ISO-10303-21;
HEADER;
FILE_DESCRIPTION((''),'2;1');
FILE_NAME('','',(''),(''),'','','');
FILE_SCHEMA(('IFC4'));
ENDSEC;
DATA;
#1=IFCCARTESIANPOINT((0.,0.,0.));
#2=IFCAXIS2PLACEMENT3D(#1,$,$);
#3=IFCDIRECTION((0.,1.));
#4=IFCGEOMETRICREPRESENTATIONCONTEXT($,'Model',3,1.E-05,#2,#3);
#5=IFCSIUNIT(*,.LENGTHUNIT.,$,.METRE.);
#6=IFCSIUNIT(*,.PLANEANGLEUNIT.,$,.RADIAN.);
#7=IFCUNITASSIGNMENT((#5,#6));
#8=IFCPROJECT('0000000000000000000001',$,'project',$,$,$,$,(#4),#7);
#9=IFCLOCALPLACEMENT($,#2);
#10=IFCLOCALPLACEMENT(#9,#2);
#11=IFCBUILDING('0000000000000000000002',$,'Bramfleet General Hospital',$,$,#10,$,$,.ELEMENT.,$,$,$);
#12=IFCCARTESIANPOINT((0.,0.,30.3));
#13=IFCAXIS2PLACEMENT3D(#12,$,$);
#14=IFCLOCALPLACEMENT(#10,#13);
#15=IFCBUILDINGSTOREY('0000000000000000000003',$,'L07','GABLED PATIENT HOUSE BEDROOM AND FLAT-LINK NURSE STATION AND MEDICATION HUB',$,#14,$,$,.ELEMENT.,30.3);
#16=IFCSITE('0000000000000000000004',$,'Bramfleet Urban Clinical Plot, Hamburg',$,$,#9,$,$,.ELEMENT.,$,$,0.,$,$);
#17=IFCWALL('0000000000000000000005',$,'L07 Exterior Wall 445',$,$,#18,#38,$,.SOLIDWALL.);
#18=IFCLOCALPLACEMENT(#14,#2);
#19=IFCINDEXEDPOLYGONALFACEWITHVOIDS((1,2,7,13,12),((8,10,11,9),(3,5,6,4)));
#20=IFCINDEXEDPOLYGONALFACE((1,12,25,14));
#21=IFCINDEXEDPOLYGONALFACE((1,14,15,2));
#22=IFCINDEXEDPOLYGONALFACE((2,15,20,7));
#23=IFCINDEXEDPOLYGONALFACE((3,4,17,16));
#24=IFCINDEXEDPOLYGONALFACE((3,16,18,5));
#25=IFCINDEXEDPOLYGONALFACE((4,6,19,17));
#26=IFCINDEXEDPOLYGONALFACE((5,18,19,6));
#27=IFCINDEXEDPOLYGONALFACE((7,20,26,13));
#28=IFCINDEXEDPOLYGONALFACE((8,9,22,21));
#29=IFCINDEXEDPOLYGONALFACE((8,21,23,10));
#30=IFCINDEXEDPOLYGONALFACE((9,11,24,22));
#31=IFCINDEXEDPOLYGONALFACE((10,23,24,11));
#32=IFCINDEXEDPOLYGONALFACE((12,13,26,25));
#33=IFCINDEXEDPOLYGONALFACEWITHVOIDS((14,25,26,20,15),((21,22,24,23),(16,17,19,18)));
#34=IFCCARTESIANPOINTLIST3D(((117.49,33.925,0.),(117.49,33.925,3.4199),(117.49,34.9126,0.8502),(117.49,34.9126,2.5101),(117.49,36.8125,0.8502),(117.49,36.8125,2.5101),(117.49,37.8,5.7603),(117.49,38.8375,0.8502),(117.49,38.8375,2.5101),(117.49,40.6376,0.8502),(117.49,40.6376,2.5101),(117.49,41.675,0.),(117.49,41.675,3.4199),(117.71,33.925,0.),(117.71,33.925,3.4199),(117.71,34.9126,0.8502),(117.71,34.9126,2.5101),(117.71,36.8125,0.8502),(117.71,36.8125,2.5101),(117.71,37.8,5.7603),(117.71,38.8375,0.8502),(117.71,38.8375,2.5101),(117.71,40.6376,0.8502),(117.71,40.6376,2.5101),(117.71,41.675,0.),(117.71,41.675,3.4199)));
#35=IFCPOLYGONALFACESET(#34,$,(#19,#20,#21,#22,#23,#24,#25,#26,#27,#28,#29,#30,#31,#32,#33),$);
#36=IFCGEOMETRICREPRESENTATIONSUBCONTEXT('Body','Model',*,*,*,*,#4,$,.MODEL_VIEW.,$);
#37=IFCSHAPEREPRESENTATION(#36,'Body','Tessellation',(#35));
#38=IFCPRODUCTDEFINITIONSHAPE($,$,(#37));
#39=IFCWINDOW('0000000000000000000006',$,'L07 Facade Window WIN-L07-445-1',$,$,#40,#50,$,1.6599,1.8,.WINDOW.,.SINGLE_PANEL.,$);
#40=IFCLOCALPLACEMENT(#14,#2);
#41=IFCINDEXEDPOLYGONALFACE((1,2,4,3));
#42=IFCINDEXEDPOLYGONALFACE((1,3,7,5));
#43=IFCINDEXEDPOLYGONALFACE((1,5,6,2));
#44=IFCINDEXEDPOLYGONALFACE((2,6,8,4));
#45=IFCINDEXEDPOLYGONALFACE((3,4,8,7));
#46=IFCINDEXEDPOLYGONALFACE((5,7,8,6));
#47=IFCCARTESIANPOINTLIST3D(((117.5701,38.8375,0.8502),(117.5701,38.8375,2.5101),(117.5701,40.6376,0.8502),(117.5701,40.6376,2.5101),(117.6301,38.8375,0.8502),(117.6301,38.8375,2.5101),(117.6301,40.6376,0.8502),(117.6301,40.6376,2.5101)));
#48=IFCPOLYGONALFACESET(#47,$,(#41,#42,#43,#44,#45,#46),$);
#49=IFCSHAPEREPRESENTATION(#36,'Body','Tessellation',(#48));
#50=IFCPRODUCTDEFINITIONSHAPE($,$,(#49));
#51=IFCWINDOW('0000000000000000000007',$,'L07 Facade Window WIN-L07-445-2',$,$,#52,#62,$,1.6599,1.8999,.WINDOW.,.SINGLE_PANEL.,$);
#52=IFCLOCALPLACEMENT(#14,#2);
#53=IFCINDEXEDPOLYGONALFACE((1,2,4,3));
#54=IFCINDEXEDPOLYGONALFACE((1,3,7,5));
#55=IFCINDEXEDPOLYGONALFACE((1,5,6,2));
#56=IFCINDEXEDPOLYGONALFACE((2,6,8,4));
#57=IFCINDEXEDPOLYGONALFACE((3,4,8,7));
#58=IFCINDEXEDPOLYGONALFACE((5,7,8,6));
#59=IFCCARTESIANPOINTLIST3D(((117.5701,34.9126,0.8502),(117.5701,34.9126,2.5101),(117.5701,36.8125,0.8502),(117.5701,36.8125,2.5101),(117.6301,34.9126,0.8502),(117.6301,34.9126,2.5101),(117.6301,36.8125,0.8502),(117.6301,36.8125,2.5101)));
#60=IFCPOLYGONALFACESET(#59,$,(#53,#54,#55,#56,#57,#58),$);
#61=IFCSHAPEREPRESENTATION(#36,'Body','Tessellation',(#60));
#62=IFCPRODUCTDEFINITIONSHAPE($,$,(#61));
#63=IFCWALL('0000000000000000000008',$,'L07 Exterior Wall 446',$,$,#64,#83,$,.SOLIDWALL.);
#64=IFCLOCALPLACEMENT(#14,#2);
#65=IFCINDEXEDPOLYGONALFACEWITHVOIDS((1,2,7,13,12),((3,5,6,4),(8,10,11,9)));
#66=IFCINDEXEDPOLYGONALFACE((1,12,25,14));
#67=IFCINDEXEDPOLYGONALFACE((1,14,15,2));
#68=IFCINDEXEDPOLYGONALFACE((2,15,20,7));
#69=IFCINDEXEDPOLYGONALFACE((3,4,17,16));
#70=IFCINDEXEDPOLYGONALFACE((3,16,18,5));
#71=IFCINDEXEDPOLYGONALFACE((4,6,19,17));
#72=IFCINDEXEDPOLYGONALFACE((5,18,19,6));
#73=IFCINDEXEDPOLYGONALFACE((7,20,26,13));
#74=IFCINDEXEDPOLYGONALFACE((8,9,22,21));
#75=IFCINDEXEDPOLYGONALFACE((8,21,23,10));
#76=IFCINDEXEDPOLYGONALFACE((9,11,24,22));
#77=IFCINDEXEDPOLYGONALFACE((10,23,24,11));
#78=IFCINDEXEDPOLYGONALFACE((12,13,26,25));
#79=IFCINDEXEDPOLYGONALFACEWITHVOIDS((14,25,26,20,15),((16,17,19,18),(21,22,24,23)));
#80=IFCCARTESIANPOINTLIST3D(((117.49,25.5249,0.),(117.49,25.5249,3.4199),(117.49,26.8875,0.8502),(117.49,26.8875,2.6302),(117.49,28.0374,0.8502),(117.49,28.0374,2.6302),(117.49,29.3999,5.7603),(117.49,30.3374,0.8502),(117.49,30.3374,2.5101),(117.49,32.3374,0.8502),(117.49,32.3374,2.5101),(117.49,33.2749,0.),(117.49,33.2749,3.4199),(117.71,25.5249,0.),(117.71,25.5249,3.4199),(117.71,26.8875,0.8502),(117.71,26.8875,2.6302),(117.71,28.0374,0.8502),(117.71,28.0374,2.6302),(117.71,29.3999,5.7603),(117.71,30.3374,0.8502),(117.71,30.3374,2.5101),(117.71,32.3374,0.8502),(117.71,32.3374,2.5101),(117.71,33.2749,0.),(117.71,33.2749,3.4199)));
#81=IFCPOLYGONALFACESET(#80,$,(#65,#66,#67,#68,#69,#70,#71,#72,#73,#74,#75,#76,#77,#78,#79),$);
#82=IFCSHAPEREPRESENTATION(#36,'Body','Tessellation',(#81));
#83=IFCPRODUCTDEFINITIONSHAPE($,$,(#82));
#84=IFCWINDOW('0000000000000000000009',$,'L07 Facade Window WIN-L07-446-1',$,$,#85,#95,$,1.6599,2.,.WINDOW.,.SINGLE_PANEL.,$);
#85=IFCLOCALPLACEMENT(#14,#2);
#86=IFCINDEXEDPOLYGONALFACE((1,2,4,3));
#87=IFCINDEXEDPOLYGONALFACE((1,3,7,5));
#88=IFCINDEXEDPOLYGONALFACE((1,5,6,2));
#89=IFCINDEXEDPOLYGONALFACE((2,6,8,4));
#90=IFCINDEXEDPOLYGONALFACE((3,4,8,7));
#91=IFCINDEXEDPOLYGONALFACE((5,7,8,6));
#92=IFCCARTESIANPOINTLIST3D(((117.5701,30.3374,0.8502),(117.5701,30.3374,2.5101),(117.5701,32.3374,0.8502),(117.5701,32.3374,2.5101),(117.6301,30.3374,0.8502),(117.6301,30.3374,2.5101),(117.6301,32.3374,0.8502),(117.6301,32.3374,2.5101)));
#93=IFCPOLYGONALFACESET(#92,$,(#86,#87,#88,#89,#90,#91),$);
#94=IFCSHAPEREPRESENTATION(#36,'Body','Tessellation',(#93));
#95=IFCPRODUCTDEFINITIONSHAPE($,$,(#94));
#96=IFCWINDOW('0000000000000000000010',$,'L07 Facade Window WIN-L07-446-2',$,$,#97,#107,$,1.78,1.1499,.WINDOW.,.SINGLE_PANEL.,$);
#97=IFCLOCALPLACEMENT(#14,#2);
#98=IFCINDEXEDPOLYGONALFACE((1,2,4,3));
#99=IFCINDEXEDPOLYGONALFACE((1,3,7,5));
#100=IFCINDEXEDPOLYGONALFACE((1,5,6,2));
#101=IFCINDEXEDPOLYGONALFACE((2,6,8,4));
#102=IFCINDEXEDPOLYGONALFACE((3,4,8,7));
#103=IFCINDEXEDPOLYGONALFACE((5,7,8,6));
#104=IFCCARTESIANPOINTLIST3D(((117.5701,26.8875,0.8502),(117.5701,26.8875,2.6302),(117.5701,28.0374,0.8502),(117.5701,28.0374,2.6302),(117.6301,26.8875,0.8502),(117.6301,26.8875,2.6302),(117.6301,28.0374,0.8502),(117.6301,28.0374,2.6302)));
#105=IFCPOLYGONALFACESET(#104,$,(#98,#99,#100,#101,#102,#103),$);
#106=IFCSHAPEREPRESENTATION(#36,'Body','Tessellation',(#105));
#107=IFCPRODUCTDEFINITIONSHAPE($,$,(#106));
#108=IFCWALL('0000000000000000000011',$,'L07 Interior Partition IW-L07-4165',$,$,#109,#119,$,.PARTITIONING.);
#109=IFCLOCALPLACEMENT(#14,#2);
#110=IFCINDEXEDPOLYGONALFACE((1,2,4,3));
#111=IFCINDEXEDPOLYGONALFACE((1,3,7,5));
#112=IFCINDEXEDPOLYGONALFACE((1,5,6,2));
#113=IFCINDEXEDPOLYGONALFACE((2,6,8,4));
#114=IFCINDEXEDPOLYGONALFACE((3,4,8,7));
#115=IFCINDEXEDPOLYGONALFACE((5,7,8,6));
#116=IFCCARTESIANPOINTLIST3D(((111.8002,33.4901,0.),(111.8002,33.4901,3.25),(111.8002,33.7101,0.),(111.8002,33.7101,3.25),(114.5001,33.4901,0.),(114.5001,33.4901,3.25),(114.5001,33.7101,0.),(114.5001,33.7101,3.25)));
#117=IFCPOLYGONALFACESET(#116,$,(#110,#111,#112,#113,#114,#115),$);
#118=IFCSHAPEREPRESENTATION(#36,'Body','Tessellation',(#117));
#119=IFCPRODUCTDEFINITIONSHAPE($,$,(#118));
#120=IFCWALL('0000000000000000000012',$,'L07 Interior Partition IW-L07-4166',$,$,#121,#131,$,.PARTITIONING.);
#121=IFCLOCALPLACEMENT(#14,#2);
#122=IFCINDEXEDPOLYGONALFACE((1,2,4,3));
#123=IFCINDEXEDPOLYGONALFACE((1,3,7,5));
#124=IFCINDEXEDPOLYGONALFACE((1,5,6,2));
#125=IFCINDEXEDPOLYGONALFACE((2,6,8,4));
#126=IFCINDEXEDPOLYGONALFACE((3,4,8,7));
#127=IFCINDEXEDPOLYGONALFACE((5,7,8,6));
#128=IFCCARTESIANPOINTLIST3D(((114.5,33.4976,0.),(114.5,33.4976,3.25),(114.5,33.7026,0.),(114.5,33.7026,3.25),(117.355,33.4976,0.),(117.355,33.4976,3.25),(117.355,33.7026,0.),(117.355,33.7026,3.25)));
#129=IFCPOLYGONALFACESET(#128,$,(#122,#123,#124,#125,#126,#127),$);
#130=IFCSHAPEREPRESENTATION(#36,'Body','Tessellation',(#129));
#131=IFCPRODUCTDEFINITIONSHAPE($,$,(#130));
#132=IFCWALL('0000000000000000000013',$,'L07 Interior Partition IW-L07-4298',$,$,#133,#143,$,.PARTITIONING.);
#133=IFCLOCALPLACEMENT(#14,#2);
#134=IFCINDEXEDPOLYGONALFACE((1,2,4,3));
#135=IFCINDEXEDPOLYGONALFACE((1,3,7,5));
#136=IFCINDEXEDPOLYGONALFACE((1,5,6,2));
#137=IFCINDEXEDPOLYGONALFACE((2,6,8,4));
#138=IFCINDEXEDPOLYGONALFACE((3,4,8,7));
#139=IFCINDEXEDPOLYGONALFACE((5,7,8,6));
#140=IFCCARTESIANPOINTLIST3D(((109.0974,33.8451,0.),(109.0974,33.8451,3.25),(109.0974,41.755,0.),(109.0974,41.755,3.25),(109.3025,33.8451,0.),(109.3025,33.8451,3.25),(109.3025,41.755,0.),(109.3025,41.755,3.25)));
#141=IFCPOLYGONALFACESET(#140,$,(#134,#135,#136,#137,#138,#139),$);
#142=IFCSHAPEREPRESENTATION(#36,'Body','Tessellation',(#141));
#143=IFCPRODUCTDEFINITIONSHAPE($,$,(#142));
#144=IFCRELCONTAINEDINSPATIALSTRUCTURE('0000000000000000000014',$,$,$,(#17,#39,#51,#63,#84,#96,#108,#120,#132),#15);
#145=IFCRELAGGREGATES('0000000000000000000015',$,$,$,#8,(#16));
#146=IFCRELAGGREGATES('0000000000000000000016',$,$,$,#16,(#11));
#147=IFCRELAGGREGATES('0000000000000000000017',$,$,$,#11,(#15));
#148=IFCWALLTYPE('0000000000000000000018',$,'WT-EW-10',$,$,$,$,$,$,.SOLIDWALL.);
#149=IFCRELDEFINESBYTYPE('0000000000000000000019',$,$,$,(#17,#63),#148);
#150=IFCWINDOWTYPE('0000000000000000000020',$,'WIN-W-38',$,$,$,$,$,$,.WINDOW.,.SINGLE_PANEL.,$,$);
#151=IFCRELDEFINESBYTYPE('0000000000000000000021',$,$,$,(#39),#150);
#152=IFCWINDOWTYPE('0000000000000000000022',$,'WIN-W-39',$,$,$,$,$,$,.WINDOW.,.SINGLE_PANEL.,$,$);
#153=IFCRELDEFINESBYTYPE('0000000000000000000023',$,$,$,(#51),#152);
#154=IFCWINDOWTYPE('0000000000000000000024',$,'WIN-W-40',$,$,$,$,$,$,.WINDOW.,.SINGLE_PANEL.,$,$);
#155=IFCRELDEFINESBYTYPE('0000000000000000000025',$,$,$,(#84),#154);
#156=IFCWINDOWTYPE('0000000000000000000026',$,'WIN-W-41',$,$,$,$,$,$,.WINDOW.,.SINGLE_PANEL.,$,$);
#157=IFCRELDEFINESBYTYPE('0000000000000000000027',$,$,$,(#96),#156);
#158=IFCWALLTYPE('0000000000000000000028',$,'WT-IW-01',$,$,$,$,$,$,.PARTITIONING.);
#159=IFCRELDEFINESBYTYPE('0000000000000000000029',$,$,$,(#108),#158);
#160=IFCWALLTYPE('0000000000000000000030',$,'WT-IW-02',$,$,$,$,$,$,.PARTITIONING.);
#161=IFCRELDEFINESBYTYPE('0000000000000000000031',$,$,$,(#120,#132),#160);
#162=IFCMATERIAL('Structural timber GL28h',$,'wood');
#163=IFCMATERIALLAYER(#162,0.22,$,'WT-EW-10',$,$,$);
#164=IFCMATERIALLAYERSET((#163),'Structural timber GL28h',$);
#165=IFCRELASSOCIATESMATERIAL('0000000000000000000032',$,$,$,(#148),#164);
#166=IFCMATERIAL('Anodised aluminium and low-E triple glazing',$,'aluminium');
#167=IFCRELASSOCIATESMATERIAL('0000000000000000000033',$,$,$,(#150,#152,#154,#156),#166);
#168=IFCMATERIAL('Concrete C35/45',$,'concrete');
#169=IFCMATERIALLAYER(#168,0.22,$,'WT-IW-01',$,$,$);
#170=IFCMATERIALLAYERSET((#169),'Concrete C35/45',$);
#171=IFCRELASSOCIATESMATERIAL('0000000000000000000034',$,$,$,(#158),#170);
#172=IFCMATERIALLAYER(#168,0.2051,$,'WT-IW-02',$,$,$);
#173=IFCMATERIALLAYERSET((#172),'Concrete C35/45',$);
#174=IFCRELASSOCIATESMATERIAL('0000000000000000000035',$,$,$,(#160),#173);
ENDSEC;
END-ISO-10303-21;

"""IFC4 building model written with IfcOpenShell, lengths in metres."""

from ifc_helpers import new_model, si_unit, direction, frame, frame_2d, origin, place, context, subcontext, project, spatial, polyline, rectangle, outline, extrude, material, layer, layer_set, type_object, element, fill, save


model = new_model("IFC4")

# Units and contexts
model_context = context("Model", 3, precision=1e-05, world=origin(), true_north=direction((0.0, 1.0)))
body_context = subcontext(model_context, "Body", "Model", "MODEL_VIEW")
ifc_project = project(units=[si_unit("LENGTHUNIT", "METRE"), si_unit("PLANEANGLEUNIT", "RADIAN")], contexts=[model_context])

# Site, building, storey
site_placement = place(None, origin())
site = spatial("IfcSite", under=ifc_project, at=site_placement, Name="Bramfleet Urban Clinical Plot, Hamburg", CompositionType="ELEMENT", RefElevation=0.0)
building_placement = place(site_placement, origin())
building = spatial("IfcBuilding", under=site, at=building_placement, Name="Bramfleet General Hospital", CompositionType="ELEMENT")
storey_placement = place(building_placement, frame((0.0, 0.0, 30.3)))
storey = spatial("IfcBuildingStorey", under=building, at=storey_placement, Name="L07", Description="GABLED PATIENT HOUSE BEDROOM AND FLAT-LINK NURSE STATION AND MEDICATION HUB", CompositionType="ELEMENT", Elevation=30.3)

# Walls, openings, windows
ifc_material_1 = material(Name="Structural timber GL28h", Category="wood")
ifc_layer_1 = layer(ifc_material_1, 0.22, Name="WT-EW-10")
ifc_layer_set_1 = layer_set([ifc_layer_1], Name="Structural timber GL28h")
wall_type_1 = type_object("IfcWallType", Name="WT-EW-10", PredefinedType="SOLIDWALL", material=ifc_layer_set_1)
wall_1_placement = place(storey_placement, frame((117.6001, 41.675, 0.0), z_axis=(0.0, 0.0, 1.0), x_axis=(0.0, -1.0, 0.0)))
wall_1 = element("IfcWall", 1, at=wall_1_placement, inside=storey, type_object=wall_type_1, Name="L07 Exterior Wall 445", PredefinedType="SOLIDWALL", context=body_context, shape_type="SweptSolid", body=[
    extrude(outline(polyline([(0.0, 0.0), (7.75, 0.0), (7.75, 3.4199), (3.875, 5.7603), (0.0, 3.4199), (0.0, 0.0)])), frame((0.0, 0.1099, 0.0), z_axis=(0.0, -1.0, 0.0), x_axis=(1.0, 0.0, 0.0)), (0.0, 0.0, 1.0), 0.22),
])
opening_1_placement = place(wall_1_placement, frame((1.0376, 0.0, 0.8501)))
opening_1 = element("IfcOpeningElement", 2, at=opening_1_placement, cuts=wall_1, PredefinedType="OPENING", context=body_context, shape_type="SweptSolid", body=[
    extrude(rectangle(XDim=1.8, YDim=1.6599, at=frame_2d((0.8999, 0.8301))), frame((0.0, 0.1199, 0.0), z_axis=(0.0, -1.0, 0.0), x_axis=(1.0, 0.0, 0.0)), (0.0, 0.0, 1.0), 0.24),
])
opening_2_placement = place(wall_1_placement, frame((4.8625, 0.0, 0.8501)))
opening_2 = element("IfcOpeningElement", 3, at=opening_2_placement, cuts=wall_1, PredefinedType="OPENING", context=body_context, shape_type="SweptSolid", body=[
    extrude(rectangle(XDim=1.8999, YDim=1.6599, at=frame_2d((0.95, 0.8301))), frame((0.0, 0.1199, 0.0), z_axis=(0.0, -1.0, 0.0), x_axis=(1.0, 0.0, 0.0)), (0.0, 0.0, 1.0), 0.24),
])
ifc_material_2 = material(Name="Anodised aluminium and low-E triple glazing", Category="aluminium")
window_type_1 = type_object("IfcWindowType", Name="WIN-W-38", PartitioningType="SINGLE_PANEL", PredefinedType="WINDOW", material=ifc_material_2)
window_1_placement = place(opening_1_placement, origin())
window_1 = element("IfcWindow", 4, at=window_1_placement, inside=storey, type_object=window_type_1, Name="L07 Facade Window WIN-L07-445-1", OverallHeight=1.6599, OverallWidth=1.8, PartitioningType="SINGLE_PANEL", PredefinedType="WINDOW", context=body_context, shape_type="SweptSolid", body=[
    extrude(rectangle(XDim=1.8, YDim=1.6599, at=frame_2d((0.8999, 0.8301))), frame((0.0, 0.03, 0.0), z_axis=(0.0, -1.0, 0.0), x_axis=(1.0, 0.0, 0.0)), (0.0, 0.0, 1.0), 0.0601),
])
fill(opening_1, window_1)
window_type_2 = type_object("IfcWindowType", Name="WIN-W-39", PartitioningType="SINGLE_PANEL", PredefinedType="WINDOW", material=ifc_material_2)
window_2_placement = place(opening_2_placement, origin())
window_2 = element("IfcWindow", 5, at=window_2_placement, inside=storey, type_object=window_type_2, Name="L07 Facade Window WIN-L07-445-2", OverallHeight=1.6599, OverallWidth=1.8999, PartitioningType="SINGLE_PANEL", PredefinedType="WINDOW", context=body_context, shape_type="SweptSolid", body=[
    extrude(rectangle(XDim=1.8999, YDim=1.6599, at=frame_2d((0.95, 0.8301))), frame((0.0, 0.03, 0.0), z_axis=(0.0, -1.0, 0.0), x_axis=(1.0, 0.0, 0.0)), (0.0, 0.0, 1.0), 0.0601),
])
fill(opening_2, window_2)
wall_2_placement = place(storey_placement, frame((117.6001, 33.2749, 0.0), z_axis=(0.0, 0.0, 1.0), x_axis=(0.0, -1.0, 0.0)))
wall_2 = element("IfcWall", 6, at=wall_2_placement, inside=storey, type_object=wall_type_1, Name="L07 Exterior Wall 446", PredefinedType="SOLIDWALL", context=body_context, shape_type="SweptSolid", body=[
    extrude(outline(polyline([(0.0, 0.0), (7.75, 0.0), (7.75, 3.4199), (3.875, 5.7603), (0.0, 3.4199), (0.0, 0.0)])), frame((0.0, 0.1099, 0.0), z_axis=(0.0, -1.0, 0.0), x_axis=(1.0, 0.0, 0.0)), (0.0, 0.0, 1.0), 0.22),
])
opening_3_placement = place(wall_2_placement, frame((0.9375, 0.0, 0.8501)))
opening_3 = element("IfcOpeningElement", 7, at=opening_3_placement, cuts=wall_2, PredefinedType="OPENING", context=body_context, shape_type="SweptSolid", body=[
    extrude(rectangle(XDim=2.0, YDim=1.6599, at=frame_2d((1.0, 0.8301))), frame((0.0, 0.1199, 0.0), z_axis=(0.0, -1.0, 0.0), x_axis=(1.0, 0.0, 0.0)), (0.0, 0.0, 1.0), 0.24),
])
opening_4_placement = place(wall_2_placement, frame((5.2375, 0.0, 0.8501)))
opening_4 = element("IfcOpeningElement", 8, at=opening_4_placement, cuts=wall_2, PredefinedType="OPENING", context=body_context, shape_type="SweptSolid", body=[
    extrude(rectangle(XDim=1.1499, YDim=1.78, at=frame_2d((0.575, 0.8901))), frame((0.0, 0.1199, 0.0), z_axis=(0.0, -1.0, 0.0), x_axis=(1.0, 0.0, 0.0)), (0.0, 0.0, 1.0), 0.24),
])
window_type_3 = type_object("IfcWindowType", Name="WIN-W-40", PartitioningType="SINGLE_PANEL", PredefinedType="WINDOW", material=ifc_material_2)
window_3_placement = place(opening_3_placement, origin())
window_3 = element("IfcWindow", 9, at=window_3_placement, inside=storey, type_object=window_type_3, Name="L07 Facade Window WIN-L07-446-1", OverallHeight=1.6599, OverallWidth=2.0, PartitioningType="SINGLE_PANEL", PredefinedType="WINDOW", context=body_context, shape_type="SweptSolid", body=[
    extrude(rectangle(XDim=2.0, YDim=1.6599, at=frame_2d((1.0, 0.8301))), frame((0.0, 0.03, 0.0), z_axis=(0.0, -1.0, 0.0), x_axis=(1.0, 0.0, 0.0)), (0.0, 0.0, 1.0), 0.0601),
])
fill(opening_3, window_3)
window_type_4 = type_object("IfcWindowType", Name="WIN-W-41", PartitioningType="SINGLE_PANEL", PredefinedType="WINDOW", material=ifc_material_2)
window_4_placement = place(opening_4_placement, origin())
window_4 = element("IfcWindow", 10, at=window_4_placement, inside=storey, type_object=window_type_4, Name="L07 Facade Window WIN-L07-446-2", OverallHeight=1.78, OverallWidth=1.1499, PartitioningType="SINGLE_PANEL", PredefinedType="WINDOW", context=body_context, shape_type="SweptSolid", body=[
    extrude(rectangle(XDim=1.1499, YDim=1.78, at=frame_2d((0.575, 0.8901))), frame((0.0, 0.03, 0.0), z_axis=(0.0, -1.0, 0.0), x_axis=(1.0, 0.0, 0.0)), (0.0, 0.0, 1.0), 0.0601),
])
fill(opening_4, window_4)

# Walls
ifc_material_3 = material(Name="Concrete C35/45", Category="concrete")
ifc_layer_2 = layer(ifc_material_3, 0.22, Name="WT-IW-01")
ifc_layer_set_2 = layer_set([ifc_layer_2], Name="Concrete C35/45")
wall_type_2 = type_object("IfcWallType", Name="WT-IW-01", PredefinedType="PARTITIONING", material=ifc_layer_set_2)
wall_3_placement = place(storey_placement, frame((111.8, 33.6001, 0.0), z_axis=(0.0, 0.0, 1.0), x_axis=(1.0, 0.0, 0.0)))
element("IfcWall", 11, at=wall_3_placement, inside=storey, type_object=wall_type_2, Name="L07 Interior Partition IW-L07-4165", PredefinedType="PARTITIONING", context=body_context, shape_type="SweptSolid", body=[
    extrude(rectangle(XDim=2.7, YDim=0.22, at=frame_2d((1.3501, 0.0))), origin(), (0.0, 0.0, 1.0), 3.25),
])
ifc_layer_3 = layer(ifc_material_3, 0.2051, Name="WT-IW-02")
ifc_layer_set_3 = layer_set([ifc_layer_3], Name="Concrete C35/45")
wall_type_3 = type_object("IfcWallType", Name="WT-IW-02", PredefinedType="PARTITIONING", material=ifc_layer_set_3)
wall_4_placement = place(storey_placement, frame((114.5, 33.6001, 0.0), z_axis=(0.0, 0.0, 1.0), x_axis=(1.0, 0.0, 0.0)))
element("IfcWall", 12, at=wall_4_placement, inside=storey, type_object=wall_type_3, Name="L07 Interior Partition IW-L07-4166", PredefinedType="PARTITIONING", context=body_context, shape_type="SweptSolid", body=[
    extrude(rectangle(XDim=2.855, YDim=0.2051, at=frame_2d((1.4275, 0.0))), origin(), (0.0, 0.0, 1.0), 3.25),
])
wall_5_placement = place(storey_placement, frame((109.2, 33.845, 0.0), z_axis=(0.0, 0.0, 1.0), x_axis=(0.0, 1.0, 0.0)))
element("IfcWall", 13, at=wall_5_placement, inside=storey, type_object=wall_type_3, Name="L07 Interior Partition IW-L07-4298", PredefinedType="PARTITIONING", context=body_context, shape_type="SweptSolid", body=[
    extrude(rectangle(XDim=7.9099, YDim=0.2051, at=frame_2d((3.9551, 0.0))), origin(), (0.0, 0.0, 1.0), 3.25),
])

save(model, "model.ifc")
